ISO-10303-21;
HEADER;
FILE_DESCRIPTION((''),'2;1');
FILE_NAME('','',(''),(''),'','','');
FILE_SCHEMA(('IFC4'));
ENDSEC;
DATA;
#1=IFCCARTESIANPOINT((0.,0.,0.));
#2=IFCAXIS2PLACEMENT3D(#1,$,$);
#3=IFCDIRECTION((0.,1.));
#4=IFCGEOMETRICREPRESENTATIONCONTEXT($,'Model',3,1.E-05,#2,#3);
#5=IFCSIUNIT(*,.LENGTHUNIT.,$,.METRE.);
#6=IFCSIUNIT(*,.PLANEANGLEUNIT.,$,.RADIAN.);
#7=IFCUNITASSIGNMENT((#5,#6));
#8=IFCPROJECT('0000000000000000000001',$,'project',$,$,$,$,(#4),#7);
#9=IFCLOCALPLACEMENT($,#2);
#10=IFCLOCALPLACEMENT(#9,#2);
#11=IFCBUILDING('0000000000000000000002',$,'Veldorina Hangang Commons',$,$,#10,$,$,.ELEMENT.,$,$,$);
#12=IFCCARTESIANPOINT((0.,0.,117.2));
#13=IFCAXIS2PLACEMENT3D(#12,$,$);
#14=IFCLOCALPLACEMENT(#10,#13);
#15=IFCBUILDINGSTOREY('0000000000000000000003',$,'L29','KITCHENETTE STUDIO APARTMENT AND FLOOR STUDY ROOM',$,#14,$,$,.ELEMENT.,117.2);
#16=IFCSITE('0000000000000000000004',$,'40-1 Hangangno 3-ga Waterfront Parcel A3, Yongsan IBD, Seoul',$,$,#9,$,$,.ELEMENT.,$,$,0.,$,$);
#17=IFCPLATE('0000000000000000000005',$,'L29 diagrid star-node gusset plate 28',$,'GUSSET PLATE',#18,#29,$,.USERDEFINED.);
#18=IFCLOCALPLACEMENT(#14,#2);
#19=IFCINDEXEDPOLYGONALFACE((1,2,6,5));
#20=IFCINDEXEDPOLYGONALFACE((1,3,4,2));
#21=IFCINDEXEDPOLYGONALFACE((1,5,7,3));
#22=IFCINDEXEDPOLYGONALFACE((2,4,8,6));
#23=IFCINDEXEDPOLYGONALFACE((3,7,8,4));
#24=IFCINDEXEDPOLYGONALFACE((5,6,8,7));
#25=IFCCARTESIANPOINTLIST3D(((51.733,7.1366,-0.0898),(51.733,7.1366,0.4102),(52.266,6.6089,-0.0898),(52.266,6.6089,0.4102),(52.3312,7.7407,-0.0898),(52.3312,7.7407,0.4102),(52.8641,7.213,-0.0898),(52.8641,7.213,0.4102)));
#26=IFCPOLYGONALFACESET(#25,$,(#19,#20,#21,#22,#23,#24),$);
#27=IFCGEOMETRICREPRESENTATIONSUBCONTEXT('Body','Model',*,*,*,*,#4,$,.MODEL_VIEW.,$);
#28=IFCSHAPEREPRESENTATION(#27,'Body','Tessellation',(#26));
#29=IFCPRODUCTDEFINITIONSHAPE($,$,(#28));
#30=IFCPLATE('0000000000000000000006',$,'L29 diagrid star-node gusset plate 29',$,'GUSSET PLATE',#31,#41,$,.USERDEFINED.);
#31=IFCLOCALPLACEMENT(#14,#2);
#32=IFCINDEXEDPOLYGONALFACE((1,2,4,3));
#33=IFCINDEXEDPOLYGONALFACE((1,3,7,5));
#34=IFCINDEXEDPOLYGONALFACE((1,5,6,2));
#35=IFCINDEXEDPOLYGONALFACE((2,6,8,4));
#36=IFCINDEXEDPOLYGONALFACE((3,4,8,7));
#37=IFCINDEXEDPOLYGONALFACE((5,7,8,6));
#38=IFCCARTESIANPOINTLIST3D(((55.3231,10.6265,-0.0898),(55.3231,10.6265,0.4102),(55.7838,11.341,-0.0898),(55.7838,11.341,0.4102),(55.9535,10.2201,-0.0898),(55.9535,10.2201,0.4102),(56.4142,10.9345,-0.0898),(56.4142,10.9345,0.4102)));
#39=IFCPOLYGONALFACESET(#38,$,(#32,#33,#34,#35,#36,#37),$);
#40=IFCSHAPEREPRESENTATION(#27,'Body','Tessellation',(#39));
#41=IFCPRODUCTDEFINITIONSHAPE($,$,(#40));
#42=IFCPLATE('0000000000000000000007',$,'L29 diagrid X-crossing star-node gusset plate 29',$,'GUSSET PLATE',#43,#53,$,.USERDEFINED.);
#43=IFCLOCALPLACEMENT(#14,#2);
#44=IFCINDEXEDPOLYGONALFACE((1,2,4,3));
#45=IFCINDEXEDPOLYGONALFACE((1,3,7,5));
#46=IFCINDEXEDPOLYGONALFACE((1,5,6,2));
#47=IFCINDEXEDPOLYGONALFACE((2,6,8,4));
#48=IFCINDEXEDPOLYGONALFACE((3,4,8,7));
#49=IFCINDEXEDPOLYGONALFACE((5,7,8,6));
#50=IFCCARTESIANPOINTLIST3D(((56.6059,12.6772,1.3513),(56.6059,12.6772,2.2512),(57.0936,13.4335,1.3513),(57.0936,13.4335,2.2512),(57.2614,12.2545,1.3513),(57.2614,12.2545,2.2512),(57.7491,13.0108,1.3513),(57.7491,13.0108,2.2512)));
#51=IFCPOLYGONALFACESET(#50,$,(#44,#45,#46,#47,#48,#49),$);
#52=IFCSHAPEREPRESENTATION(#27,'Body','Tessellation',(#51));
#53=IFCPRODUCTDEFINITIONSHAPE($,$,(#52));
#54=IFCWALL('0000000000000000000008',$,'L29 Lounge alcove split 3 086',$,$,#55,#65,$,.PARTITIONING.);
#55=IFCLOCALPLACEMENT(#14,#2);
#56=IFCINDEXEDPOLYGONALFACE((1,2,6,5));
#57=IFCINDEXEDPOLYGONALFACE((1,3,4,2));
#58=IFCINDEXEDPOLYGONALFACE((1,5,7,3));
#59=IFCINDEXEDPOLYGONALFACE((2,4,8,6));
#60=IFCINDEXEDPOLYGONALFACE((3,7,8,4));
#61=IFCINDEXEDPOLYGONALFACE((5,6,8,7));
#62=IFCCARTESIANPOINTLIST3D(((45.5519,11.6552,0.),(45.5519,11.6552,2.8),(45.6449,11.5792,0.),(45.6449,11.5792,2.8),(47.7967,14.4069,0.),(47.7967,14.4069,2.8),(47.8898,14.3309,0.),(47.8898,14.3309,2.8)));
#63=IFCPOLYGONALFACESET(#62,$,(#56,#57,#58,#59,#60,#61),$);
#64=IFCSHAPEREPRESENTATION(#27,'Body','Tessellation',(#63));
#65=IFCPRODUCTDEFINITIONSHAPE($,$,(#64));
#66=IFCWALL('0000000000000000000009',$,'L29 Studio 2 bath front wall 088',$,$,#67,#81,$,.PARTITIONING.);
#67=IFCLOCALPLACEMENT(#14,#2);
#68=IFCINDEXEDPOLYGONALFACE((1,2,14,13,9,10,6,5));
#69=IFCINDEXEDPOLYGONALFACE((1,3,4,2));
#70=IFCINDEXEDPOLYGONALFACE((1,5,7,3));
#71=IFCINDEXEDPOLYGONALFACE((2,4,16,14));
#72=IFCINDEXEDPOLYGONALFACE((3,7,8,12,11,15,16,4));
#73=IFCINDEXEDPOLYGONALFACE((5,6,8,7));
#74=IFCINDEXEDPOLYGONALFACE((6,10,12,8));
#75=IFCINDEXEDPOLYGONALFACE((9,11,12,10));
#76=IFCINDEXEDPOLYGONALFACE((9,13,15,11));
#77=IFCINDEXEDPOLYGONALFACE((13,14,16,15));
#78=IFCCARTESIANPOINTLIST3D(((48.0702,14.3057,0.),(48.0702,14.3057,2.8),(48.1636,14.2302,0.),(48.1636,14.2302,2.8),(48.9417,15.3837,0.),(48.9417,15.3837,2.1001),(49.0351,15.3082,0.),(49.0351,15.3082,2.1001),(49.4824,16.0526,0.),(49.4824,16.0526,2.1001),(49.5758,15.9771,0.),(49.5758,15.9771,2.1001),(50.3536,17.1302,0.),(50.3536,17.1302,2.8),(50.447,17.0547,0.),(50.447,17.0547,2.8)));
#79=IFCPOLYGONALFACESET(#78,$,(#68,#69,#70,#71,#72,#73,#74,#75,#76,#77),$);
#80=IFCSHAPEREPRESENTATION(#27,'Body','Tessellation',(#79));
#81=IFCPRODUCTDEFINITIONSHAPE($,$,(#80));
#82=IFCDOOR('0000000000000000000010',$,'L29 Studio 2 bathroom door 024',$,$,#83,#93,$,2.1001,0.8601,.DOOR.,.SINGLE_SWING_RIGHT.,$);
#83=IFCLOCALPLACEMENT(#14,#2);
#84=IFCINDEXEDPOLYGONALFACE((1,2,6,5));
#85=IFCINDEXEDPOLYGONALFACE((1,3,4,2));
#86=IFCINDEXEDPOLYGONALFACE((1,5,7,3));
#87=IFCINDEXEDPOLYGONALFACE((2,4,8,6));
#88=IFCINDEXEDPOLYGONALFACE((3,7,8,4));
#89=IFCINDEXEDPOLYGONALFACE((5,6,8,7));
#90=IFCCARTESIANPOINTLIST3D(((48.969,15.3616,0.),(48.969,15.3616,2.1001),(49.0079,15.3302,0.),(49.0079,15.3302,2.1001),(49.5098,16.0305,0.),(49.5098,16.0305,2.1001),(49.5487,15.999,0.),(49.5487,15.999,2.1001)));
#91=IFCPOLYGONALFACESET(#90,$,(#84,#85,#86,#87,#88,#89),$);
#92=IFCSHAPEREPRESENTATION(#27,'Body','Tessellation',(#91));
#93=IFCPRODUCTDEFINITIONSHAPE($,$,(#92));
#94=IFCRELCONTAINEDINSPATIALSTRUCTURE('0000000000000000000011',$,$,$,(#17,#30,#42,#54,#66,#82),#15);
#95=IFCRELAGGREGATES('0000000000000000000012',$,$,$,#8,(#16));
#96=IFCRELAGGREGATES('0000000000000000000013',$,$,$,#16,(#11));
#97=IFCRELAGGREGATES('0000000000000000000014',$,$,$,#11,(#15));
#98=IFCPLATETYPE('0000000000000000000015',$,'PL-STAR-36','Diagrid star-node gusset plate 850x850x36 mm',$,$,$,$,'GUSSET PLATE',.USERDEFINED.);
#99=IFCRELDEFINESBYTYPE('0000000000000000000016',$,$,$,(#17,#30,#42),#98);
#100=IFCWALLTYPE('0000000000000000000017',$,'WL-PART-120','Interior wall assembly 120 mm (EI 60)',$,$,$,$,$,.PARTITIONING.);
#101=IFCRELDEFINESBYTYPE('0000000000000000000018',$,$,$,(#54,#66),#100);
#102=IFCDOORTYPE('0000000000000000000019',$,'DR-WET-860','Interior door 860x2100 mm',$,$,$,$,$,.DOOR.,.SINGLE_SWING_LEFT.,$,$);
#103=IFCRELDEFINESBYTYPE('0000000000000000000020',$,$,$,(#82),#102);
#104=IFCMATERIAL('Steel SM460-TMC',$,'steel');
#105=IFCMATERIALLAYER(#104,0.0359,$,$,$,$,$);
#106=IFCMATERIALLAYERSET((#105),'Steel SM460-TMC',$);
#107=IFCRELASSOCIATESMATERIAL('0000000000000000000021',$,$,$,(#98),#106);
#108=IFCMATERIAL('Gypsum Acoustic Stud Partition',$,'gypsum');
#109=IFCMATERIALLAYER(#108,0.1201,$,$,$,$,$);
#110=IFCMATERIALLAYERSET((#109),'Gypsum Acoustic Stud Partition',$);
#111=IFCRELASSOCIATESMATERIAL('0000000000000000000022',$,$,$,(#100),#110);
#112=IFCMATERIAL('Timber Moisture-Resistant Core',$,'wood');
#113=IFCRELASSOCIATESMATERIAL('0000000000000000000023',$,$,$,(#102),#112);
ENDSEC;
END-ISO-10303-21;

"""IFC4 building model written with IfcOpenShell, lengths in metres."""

from ifc_helpers import new_model, si_unit, direction, frame, frame_2d, origin, origin_2d, place, context, subcontext, project, spatial, rectangle, extrude, material, layer, layer_set, type_object, element, fill, save


model = new_model("IFC4")

# Units and contexts
model_context = context("Model", 3, precision=1e-05, world=origin(), true_north=direction((0.0, 1.0)))
body_context = subcontext(model_context, "Body", "Model", "MODEL_VIEW")
ifc_project = project(units=[si_unit("LENGTHUNIT", "METRE"), si_unit("PLANEANGLEUNIT", "RADIAN")], contexts=[model_context])

# Site, building, storey
site_placement = place(None, origin())
site = spatial("IfcSite", under=ifc_project, at=site_placement, Name="40-1 Hangangno 3-ga Waterfront Parcel A3, Yongsan IBD, Seoul", CompositionType="ELEMENT", RefElevation=0.0)
building_placement = place(site_placement, origin())
building = spatial("IfcBuilding", under=site, at=building_placement, Name="Veldorina Hangang Commons", CompositionType="ELEMENT")
storey_placement = place(building_placement, frame((0.0, 0.0, 117.2)))
storey = spatial("IfcBuildingStorey", under=building, at=storey_placement, Name="L29", Description="KITCHENETTE STUDIO APARTMENT AND FLOOR STUDY ROOM", CompositionType="ELEMENT", Elevation=117.2)

# Plates
ifc_material_1 = material(Name="Steel SM460-TMC", Category="steel")
ifc_layer_1 = layer(ifc_material_1, 0.0359)
ifc_layer_set_1 = layer_set([ifc_layer_1], Name="Steel SM460-TMC")
plate_type_1 = type_object("IfcPlateType", Name="PL-STAR-36", Description="Diagrid star-node gusset plate 850x850x36 mm", ElementType="GUSSET PLATE", PredefinedType="USERDEFINED", material=ifc_layer_set_1)
for number, where, z_axis, x_axis, name in (
    (1, (52.2986, 7.1748, -0.0898), (0.0, 0.0, 1.0), (0.703581, 0.710615, 0.0), "L29 diagrid star-node gusset plate 28"),
    (2, (55.8687, 10.7805, -0.0898), (0.0, 0.0, 1.0), (0.541928, 0.840425, 0.0), "L29 diagrid star-node gusset plate 29"),
):
    element("IfcPlate", number, at=place(storey_placement, frame(where, z_axis=z_axis, x_axis=x_axis)), inside=storey, type_object=plate_type_1, Name=name, ObjectType="GUSSET PLATE", PredefinedType="USERDEFINED", context=body_context, shape_type="SweptSolid", body=[
        extrude(rectangle(XDim=0.8501, YDim=0.75, at=origin_2d()), origin(), (0.0, 0.0, 1.0), 0.5),
    ])
plate_1_placement = place(storey_placement, frame((57.1775, 12.844, 1.3513), z_axis=(0.0, 0.0, 1.0), x_axis=(0.541928, 0.840425, 0.0)))
element("IfcPlate", 3, at=plate_1_placement, inside=storey, type_object=plate_type_1, Name="L29 diagrid X-crossing star-node gusset plate 29", ObjectType="GUSSET PLATE", PredefinedType="USERDEFINED", context=body_context, shape_type="SweptSolid", body=[
    extrude(rectangle(XDim=0.8999, YDim=0.78, at=origin_2d()), origin(), (0.0, 0.0, 1.0), 0.8999),
])

# Wall
ifc_material_2 = material(Name="Gypsum Acoustic Stud Partition", Category="gypsum")
ifc_layer_2 = layer(ifc_material_2, 0.1201)
ifc_layer_set_2 = layer_set([ifc_layer_2], Name="Gypsum Acoustic Stud Partition")
wall_type = type_object("IfcWallType", Name="WL-PART-120", Description="Interior wall assembly 120 mm (EI 60)", PredefinedType="PARTITIONING", material=ifc_layer_set_2)
wall_1_placement = place(storey_placement, frame((45.5984, 11.6172, 0.0), z_axis=(0.0, 0.0, 1.0), x_axis=(0.632137, 0.774857, 0.0)))
element("IfcWall", 4, at=wall_1_placement, inside=storey, type_object=wall_type, Name="L29 Lounge alcove split 3 086", PredefinedType="PARTITIONING", context=body_context, shape_type="SweptSolid", body=[
    extrude(rectangle(XDim=3.5513, YDim=0.1201, at=frame_2d((1.7756, 0.0))), origin(), (0.0, 0.0, 1.0), 2.8),
])

# Wall, opening, door
wall_2_placement = place(storey_placement, frame((48.1169, 14.2681, 0.0), z_axis=(0.0, 0.0, 1.0), x_axis=(0.628695, 0.777652, 0.0)))
wall_2 = element("IfcWall", 5, at=wall_2_placement, inside=storey, type_object=wall_type, Name="L29 Studio 2 bath front wall 088", PredefinedType="PARTITIONING", context=body_context, shape_type="SweptSolid", body=[
    extrude(rectangle(XDim=3.6321, YDim=0.1201, at=frame_2d((1.8159, 0.0))), origin(), (0.0, 0.0, 1.0), 2.8),
])
opening_placement = place(wall_2_placement, frame((1.386, 0.0, 0.0)))
opening = element("IfcOpeningElement", 6, at=opening_placement, cuts=wall_2, PredefinedType="OPENING", context=body_context, shape_type="SweptSolid", body=[
    extrude(rectangle(XDim=0.8601, YDim=2.1001, at=frame_2d((0.4302, 1.05))), frame((0.0, 0.0701, 0.0), z_axis=(0.0, -1.0, 0.0), x_axis=(1.0, 0.0, 0.0)), (0.0, 0.0, 1.0), 0.1401),
])
ifc_material_3 = material(Name="Timber Moisture-Resistant Core", Category="wood")
door_type = type_object("IfcDoorType", Name="DR-WET-860", Description="Interior door 860x2100 mm", OperationType="SINGLE_SWING_LEFT", PredefinedType="DOOR", material=ifc_material_3)
door_placement = place(opening_placement, origin())
door = element("IfcDoor", 7, at=door_placement, inside=storey, type_object=door_type, Name="L29 Studio 2 bathroom door 024", OperationType="SINGLE_SWING_RIGHT", OverallHeight=2.1001, OverallWidth=0.8601, PredefinedType="DOOR", context=body_context, shape_type="SweptSolid", body=[
    extrude(rectangle(XDim=0.8601, YDim=2.1001, at=frame_2d((0.4302, 1.05))), frame((0.0, 0.0249, 0.0), z_axis=(0.0, -1.0, 0.0), x_axis=(1.0, 0.0, 0.0)), (0.0, 0.0, 1.0), 0.05),
])
fill(opening, door)

save(model, "model.ifc")
